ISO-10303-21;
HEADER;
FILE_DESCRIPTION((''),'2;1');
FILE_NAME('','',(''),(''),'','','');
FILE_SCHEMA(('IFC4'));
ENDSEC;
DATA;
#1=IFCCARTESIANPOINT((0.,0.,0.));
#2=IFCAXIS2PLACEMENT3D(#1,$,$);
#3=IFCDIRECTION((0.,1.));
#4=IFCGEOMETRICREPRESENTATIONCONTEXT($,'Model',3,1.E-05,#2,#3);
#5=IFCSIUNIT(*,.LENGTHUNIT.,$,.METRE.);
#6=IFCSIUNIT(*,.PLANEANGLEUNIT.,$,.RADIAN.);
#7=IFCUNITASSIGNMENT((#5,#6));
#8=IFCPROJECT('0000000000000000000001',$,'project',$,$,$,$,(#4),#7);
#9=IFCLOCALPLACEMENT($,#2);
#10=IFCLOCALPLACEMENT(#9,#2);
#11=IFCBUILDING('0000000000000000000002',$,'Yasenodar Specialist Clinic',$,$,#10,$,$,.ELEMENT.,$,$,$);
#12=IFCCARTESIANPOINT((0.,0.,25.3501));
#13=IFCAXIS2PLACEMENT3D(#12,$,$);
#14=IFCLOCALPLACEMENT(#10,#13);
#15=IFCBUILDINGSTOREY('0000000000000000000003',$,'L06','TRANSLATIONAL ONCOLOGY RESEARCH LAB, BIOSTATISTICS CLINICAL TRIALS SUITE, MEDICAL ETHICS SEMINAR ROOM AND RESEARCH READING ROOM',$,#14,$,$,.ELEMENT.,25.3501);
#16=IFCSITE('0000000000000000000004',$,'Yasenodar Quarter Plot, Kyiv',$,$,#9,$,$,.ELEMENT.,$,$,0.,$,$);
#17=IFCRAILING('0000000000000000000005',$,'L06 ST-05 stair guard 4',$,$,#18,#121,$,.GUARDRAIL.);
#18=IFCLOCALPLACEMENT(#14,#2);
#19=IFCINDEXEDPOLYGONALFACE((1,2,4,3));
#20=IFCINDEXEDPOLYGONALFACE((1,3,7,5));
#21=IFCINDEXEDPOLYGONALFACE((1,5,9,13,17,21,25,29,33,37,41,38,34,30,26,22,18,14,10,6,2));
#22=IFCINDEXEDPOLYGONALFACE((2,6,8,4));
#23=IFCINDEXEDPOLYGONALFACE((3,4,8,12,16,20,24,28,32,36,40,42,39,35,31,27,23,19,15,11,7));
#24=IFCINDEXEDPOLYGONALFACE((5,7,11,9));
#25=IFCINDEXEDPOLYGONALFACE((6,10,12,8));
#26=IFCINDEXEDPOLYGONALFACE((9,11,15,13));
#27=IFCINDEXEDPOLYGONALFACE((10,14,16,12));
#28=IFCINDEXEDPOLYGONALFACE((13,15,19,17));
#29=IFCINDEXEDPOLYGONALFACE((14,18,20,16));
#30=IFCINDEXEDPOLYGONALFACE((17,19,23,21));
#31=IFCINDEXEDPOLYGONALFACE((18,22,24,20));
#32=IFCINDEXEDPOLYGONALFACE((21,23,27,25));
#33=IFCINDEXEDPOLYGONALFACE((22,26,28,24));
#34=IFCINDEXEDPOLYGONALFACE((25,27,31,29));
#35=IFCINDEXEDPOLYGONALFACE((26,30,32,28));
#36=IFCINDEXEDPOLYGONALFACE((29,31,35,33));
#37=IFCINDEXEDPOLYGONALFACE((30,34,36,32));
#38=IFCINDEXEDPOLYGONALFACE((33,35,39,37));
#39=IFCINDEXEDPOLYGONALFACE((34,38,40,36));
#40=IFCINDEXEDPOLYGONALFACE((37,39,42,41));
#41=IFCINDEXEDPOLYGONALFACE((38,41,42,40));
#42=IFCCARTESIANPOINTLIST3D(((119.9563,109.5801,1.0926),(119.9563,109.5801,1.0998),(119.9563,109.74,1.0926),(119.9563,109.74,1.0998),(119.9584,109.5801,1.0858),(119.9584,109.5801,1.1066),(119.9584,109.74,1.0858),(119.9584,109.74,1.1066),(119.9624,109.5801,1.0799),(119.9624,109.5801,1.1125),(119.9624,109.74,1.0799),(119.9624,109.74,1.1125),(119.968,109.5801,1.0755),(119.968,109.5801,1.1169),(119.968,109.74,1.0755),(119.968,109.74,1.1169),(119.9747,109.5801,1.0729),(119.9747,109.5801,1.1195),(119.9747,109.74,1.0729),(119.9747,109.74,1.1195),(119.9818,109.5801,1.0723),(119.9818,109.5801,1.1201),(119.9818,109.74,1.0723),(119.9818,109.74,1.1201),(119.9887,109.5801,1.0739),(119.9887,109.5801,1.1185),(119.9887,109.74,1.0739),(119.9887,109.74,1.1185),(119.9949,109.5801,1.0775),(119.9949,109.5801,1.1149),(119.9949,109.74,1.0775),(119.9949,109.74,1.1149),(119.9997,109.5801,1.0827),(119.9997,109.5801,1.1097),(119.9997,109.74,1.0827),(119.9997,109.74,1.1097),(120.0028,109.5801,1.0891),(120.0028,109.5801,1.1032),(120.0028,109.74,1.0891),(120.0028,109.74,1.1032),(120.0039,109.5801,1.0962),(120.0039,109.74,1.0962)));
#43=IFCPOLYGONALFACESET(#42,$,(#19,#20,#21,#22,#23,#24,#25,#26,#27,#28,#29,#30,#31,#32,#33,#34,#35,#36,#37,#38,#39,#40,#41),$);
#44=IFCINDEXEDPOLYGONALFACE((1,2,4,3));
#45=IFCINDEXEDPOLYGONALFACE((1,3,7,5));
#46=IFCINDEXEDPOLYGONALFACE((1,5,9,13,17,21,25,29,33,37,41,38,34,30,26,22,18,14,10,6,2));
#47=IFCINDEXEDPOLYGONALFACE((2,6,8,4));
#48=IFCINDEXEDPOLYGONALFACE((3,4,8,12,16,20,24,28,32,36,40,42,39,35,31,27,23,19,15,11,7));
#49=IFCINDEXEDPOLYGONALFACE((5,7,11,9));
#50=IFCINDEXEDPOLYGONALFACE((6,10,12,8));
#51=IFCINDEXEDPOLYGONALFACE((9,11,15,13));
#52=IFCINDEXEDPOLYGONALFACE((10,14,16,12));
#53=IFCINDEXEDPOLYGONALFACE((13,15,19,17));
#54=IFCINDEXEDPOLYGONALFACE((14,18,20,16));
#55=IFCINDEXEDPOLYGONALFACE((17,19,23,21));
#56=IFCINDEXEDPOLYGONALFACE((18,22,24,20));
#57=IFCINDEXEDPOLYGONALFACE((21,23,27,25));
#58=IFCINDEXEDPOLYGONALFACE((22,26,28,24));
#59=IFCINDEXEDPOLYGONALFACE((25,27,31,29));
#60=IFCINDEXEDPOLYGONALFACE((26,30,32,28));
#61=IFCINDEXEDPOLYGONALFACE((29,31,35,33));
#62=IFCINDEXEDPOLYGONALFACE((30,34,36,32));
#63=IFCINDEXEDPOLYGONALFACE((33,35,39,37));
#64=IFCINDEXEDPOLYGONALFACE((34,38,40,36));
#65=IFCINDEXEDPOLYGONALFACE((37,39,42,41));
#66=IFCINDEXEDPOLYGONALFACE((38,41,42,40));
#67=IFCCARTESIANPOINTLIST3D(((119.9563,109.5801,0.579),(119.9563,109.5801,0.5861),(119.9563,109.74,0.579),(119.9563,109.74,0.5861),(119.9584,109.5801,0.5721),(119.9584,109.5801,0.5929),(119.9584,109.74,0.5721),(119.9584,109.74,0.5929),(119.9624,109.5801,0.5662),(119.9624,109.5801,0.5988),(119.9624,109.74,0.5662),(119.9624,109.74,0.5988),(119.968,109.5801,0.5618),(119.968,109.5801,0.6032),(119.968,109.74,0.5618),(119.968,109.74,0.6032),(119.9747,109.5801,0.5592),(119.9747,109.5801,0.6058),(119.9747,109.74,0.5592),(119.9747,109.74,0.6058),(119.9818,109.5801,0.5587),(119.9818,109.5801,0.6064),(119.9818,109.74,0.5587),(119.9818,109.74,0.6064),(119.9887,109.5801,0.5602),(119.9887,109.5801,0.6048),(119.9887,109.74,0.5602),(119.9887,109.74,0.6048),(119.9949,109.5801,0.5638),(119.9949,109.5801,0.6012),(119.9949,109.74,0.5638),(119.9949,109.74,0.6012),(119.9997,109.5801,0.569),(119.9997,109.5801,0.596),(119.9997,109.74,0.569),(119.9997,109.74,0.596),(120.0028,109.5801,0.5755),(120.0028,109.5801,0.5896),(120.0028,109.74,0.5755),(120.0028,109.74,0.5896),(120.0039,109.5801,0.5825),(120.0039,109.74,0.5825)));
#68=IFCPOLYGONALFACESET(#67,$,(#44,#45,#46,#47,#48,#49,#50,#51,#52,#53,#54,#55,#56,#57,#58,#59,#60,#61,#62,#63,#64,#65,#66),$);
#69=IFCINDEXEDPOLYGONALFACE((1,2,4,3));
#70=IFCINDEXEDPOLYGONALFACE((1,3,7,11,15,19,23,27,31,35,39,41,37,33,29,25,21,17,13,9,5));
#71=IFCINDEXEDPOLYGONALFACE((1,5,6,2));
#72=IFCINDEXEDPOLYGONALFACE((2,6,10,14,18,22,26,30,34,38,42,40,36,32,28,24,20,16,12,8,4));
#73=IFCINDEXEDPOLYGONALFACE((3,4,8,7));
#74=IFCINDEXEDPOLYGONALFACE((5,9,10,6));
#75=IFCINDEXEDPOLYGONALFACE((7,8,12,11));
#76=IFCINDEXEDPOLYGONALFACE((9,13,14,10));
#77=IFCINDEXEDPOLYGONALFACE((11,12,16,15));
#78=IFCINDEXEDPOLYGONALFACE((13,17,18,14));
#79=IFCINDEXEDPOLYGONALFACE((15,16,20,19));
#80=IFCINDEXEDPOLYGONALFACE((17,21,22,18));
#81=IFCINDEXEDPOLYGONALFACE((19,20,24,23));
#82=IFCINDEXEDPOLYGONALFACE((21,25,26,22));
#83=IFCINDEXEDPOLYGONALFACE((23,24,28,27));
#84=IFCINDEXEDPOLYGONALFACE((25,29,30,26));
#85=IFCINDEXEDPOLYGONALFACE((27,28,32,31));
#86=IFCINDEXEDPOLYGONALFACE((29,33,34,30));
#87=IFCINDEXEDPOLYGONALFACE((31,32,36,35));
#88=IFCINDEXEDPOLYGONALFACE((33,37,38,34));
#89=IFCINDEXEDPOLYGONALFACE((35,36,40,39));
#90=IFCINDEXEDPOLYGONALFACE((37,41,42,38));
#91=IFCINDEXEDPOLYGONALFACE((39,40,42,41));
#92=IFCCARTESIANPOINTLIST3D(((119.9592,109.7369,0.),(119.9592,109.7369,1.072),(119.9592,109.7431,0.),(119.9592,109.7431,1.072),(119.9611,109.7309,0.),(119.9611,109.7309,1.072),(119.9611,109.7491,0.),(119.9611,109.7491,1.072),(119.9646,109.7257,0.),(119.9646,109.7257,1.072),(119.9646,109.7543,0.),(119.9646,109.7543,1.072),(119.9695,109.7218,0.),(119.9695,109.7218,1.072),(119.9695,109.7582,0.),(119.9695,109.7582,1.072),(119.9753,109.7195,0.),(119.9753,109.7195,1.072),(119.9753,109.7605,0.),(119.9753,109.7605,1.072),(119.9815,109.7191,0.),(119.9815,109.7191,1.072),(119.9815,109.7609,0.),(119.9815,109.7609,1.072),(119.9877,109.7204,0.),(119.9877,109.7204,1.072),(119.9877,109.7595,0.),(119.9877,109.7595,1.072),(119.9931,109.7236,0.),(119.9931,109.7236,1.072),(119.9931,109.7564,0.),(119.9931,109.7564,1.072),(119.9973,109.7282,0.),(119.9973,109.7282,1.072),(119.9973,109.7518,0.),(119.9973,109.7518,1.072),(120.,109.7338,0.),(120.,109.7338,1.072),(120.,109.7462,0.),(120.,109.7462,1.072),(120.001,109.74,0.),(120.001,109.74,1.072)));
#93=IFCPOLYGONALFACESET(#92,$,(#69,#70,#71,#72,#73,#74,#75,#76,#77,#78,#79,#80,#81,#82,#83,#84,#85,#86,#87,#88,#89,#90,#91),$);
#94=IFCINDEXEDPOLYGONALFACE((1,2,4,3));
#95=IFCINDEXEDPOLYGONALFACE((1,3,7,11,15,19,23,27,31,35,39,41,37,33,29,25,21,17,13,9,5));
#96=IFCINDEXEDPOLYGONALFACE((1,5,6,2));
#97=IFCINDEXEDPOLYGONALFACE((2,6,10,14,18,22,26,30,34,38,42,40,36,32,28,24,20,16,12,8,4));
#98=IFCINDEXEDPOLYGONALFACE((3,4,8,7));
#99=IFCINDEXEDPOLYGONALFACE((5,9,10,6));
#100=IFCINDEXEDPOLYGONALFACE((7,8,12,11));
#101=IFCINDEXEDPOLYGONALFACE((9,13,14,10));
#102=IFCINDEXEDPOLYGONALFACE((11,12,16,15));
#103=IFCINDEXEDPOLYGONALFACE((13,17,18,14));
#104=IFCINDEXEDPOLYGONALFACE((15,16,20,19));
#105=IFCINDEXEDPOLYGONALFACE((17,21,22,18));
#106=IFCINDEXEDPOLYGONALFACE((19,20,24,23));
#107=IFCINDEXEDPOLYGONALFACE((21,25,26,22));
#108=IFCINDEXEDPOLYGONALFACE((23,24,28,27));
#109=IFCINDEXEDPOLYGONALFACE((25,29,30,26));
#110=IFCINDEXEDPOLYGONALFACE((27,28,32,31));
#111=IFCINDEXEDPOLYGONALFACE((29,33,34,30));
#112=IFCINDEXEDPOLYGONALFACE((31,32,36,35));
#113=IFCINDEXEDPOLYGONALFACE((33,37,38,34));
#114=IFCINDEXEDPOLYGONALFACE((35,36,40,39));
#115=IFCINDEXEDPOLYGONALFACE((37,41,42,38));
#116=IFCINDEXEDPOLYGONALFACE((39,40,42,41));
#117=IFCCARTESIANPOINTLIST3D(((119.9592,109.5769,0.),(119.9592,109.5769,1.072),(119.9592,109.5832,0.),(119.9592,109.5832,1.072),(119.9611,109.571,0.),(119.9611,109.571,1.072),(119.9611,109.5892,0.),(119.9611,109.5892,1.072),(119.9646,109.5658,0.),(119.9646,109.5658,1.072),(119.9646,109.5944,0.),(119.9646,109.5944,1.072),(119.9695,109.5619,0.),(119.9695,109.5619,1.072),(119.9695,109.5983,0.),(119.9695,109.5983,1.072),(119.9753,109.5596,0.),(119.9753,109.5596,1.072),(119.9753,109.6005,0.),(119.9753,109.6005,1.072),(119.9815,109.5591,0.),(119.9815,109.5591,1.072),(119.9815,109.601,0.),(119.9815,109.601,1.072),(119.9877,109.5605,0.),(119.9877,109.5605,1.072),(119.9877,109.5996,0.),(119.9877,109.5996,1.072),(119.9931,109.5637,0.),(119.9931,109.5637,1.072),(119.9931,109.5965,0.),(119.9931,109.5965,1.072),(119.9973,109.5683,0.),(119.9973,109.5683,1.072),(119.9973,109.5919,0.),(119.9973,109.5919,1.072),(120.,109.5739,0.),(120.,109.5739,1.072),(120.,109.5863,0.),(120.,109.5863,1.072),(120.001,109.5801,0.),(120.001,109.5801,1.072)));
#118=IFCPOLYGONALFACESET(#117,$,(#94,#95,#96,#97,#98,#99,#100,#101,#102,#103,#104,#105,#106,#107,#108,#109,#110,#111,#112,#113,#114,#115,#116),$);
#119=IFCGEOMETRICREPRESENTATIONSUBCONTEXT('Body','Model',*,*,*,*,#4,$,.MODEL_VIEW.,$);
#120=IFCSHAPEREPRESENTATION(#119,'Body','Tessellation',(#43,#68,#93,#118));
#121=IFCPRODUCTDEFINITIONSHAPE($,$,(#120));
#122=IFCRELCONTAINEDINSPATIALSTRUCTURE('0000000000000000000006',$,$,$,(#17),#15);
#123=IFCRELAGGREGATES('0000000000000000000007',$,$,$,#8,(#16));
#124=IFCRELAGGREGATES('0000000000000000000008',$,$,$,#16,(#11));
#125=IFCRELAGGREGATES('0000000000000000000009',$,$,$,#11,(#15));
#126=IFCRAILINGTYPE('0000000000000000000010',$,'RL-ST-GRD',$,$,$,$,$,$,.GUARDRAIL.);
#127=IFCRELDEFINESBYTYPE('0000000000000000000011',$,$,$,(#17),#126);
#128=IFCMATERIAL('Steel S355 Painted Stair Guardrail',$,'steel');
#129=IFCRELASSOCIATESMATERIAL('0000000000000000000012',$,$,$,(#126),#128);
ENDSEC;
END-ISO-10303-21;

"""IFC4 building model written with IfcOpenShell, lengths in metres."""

from ifc_helpers import new_model, si_unit, direction, frame, origin, origin_2d, place, context, subcontext, project, spatial, circle, extrude, material, type_object, element, save


model = new_model("IFC4")

# Units and contexts
model_context = context("Model", 3, precision=1e-05, world=origin(), true_north=direction((0.0, 1.0)))
body_context = subcontext(model_context, "Body", "Model", "MODEL_VIEW")
ifc_project = project(units=[si_unit("LENGTHUNIT", "METRE"), si_unit("PLANEANGLEUNIT", "RADIAN")], contexts=[model_context])

# Site, building, storey
site_placement = place(None, origin())
site = spatial("IfcSite", under=ifc_project, at=site_placement, Name="Yasenodar Quarter Plot, Kyiv", CompositionType="ELEMENT", RefElevation=0.0)
building_placement = place(site_placement, origin())
building = spatial("IfcBuilding", under=site, at=building_placement, Name="Yasenodar Specialist Clinic", CompositionType="ELEMENT")
storey_placement = place(building_placement, frame((0.0, 0.0, 25.3501)))
storey = spatial("IfcBuildingStorey", under=building, at=storey_placement, Name="L06", Description="TRANSLATIONAL ONCOLOGY RESEARCH LAB, BIOSTATISTICS CLINICAL TRIALS SUITE, MEDICAL ETHICS SEMINAR ROOM AND RESEARCH READING ROOM", CompositionType="ELEMENT", Elevation=25.3501)

# Railing
ifc_material_1 = material(Name="Steel S355 Painted Stair Guardrail", Category="steel")
railing_type_1 = type_object("IfcRailingType", Name="RL-ST-GRD", PredefinedType="GUARDRAIL", material=ifc_material_1)
railing_1_placement = place(storey_placement, frame((119.98, 109.74, 0.0)))
element("IfcRailing", 1, at=railing_1_placement, inside=storey, type_object=railing_type_1, Name="L06 ST-05 stair guard 4", PredefinedType="GUARDRAIL", context=body_context, shape_type="SweptSolid", body=[
    extrude(circle(Radius=0.0239, at=origin_2d()), frame((0.0, 0.0, 1.0962), z_axis=(0.0, -1.0, 0.0), x_axis=(1.0, 0.0, 0.0)), (0.0, 0.0, 1.0), 0.1599),
    extrude(circle(Radius=0.0239, at=origin_2d()), frame((0.0, 0.0, 0.5825), z_axis=(0.0, -1.0, 0.0), x_axis=(1.0, 0.0, 0.0)), (0.0, 0.0, 1.0), 0.1599),
    extrude(circle(Radius=0.021, at=origin_2d()), origin(), (0.0, 0.0, 1.0), 1.072),
    extrude(circle(Radius=0.021, at=origin_2d()), frame((0.0, -0.1599, 0.0)), (0.0, 0.0, 1.0), 1.072),
])

save(model, "model.ifc")
